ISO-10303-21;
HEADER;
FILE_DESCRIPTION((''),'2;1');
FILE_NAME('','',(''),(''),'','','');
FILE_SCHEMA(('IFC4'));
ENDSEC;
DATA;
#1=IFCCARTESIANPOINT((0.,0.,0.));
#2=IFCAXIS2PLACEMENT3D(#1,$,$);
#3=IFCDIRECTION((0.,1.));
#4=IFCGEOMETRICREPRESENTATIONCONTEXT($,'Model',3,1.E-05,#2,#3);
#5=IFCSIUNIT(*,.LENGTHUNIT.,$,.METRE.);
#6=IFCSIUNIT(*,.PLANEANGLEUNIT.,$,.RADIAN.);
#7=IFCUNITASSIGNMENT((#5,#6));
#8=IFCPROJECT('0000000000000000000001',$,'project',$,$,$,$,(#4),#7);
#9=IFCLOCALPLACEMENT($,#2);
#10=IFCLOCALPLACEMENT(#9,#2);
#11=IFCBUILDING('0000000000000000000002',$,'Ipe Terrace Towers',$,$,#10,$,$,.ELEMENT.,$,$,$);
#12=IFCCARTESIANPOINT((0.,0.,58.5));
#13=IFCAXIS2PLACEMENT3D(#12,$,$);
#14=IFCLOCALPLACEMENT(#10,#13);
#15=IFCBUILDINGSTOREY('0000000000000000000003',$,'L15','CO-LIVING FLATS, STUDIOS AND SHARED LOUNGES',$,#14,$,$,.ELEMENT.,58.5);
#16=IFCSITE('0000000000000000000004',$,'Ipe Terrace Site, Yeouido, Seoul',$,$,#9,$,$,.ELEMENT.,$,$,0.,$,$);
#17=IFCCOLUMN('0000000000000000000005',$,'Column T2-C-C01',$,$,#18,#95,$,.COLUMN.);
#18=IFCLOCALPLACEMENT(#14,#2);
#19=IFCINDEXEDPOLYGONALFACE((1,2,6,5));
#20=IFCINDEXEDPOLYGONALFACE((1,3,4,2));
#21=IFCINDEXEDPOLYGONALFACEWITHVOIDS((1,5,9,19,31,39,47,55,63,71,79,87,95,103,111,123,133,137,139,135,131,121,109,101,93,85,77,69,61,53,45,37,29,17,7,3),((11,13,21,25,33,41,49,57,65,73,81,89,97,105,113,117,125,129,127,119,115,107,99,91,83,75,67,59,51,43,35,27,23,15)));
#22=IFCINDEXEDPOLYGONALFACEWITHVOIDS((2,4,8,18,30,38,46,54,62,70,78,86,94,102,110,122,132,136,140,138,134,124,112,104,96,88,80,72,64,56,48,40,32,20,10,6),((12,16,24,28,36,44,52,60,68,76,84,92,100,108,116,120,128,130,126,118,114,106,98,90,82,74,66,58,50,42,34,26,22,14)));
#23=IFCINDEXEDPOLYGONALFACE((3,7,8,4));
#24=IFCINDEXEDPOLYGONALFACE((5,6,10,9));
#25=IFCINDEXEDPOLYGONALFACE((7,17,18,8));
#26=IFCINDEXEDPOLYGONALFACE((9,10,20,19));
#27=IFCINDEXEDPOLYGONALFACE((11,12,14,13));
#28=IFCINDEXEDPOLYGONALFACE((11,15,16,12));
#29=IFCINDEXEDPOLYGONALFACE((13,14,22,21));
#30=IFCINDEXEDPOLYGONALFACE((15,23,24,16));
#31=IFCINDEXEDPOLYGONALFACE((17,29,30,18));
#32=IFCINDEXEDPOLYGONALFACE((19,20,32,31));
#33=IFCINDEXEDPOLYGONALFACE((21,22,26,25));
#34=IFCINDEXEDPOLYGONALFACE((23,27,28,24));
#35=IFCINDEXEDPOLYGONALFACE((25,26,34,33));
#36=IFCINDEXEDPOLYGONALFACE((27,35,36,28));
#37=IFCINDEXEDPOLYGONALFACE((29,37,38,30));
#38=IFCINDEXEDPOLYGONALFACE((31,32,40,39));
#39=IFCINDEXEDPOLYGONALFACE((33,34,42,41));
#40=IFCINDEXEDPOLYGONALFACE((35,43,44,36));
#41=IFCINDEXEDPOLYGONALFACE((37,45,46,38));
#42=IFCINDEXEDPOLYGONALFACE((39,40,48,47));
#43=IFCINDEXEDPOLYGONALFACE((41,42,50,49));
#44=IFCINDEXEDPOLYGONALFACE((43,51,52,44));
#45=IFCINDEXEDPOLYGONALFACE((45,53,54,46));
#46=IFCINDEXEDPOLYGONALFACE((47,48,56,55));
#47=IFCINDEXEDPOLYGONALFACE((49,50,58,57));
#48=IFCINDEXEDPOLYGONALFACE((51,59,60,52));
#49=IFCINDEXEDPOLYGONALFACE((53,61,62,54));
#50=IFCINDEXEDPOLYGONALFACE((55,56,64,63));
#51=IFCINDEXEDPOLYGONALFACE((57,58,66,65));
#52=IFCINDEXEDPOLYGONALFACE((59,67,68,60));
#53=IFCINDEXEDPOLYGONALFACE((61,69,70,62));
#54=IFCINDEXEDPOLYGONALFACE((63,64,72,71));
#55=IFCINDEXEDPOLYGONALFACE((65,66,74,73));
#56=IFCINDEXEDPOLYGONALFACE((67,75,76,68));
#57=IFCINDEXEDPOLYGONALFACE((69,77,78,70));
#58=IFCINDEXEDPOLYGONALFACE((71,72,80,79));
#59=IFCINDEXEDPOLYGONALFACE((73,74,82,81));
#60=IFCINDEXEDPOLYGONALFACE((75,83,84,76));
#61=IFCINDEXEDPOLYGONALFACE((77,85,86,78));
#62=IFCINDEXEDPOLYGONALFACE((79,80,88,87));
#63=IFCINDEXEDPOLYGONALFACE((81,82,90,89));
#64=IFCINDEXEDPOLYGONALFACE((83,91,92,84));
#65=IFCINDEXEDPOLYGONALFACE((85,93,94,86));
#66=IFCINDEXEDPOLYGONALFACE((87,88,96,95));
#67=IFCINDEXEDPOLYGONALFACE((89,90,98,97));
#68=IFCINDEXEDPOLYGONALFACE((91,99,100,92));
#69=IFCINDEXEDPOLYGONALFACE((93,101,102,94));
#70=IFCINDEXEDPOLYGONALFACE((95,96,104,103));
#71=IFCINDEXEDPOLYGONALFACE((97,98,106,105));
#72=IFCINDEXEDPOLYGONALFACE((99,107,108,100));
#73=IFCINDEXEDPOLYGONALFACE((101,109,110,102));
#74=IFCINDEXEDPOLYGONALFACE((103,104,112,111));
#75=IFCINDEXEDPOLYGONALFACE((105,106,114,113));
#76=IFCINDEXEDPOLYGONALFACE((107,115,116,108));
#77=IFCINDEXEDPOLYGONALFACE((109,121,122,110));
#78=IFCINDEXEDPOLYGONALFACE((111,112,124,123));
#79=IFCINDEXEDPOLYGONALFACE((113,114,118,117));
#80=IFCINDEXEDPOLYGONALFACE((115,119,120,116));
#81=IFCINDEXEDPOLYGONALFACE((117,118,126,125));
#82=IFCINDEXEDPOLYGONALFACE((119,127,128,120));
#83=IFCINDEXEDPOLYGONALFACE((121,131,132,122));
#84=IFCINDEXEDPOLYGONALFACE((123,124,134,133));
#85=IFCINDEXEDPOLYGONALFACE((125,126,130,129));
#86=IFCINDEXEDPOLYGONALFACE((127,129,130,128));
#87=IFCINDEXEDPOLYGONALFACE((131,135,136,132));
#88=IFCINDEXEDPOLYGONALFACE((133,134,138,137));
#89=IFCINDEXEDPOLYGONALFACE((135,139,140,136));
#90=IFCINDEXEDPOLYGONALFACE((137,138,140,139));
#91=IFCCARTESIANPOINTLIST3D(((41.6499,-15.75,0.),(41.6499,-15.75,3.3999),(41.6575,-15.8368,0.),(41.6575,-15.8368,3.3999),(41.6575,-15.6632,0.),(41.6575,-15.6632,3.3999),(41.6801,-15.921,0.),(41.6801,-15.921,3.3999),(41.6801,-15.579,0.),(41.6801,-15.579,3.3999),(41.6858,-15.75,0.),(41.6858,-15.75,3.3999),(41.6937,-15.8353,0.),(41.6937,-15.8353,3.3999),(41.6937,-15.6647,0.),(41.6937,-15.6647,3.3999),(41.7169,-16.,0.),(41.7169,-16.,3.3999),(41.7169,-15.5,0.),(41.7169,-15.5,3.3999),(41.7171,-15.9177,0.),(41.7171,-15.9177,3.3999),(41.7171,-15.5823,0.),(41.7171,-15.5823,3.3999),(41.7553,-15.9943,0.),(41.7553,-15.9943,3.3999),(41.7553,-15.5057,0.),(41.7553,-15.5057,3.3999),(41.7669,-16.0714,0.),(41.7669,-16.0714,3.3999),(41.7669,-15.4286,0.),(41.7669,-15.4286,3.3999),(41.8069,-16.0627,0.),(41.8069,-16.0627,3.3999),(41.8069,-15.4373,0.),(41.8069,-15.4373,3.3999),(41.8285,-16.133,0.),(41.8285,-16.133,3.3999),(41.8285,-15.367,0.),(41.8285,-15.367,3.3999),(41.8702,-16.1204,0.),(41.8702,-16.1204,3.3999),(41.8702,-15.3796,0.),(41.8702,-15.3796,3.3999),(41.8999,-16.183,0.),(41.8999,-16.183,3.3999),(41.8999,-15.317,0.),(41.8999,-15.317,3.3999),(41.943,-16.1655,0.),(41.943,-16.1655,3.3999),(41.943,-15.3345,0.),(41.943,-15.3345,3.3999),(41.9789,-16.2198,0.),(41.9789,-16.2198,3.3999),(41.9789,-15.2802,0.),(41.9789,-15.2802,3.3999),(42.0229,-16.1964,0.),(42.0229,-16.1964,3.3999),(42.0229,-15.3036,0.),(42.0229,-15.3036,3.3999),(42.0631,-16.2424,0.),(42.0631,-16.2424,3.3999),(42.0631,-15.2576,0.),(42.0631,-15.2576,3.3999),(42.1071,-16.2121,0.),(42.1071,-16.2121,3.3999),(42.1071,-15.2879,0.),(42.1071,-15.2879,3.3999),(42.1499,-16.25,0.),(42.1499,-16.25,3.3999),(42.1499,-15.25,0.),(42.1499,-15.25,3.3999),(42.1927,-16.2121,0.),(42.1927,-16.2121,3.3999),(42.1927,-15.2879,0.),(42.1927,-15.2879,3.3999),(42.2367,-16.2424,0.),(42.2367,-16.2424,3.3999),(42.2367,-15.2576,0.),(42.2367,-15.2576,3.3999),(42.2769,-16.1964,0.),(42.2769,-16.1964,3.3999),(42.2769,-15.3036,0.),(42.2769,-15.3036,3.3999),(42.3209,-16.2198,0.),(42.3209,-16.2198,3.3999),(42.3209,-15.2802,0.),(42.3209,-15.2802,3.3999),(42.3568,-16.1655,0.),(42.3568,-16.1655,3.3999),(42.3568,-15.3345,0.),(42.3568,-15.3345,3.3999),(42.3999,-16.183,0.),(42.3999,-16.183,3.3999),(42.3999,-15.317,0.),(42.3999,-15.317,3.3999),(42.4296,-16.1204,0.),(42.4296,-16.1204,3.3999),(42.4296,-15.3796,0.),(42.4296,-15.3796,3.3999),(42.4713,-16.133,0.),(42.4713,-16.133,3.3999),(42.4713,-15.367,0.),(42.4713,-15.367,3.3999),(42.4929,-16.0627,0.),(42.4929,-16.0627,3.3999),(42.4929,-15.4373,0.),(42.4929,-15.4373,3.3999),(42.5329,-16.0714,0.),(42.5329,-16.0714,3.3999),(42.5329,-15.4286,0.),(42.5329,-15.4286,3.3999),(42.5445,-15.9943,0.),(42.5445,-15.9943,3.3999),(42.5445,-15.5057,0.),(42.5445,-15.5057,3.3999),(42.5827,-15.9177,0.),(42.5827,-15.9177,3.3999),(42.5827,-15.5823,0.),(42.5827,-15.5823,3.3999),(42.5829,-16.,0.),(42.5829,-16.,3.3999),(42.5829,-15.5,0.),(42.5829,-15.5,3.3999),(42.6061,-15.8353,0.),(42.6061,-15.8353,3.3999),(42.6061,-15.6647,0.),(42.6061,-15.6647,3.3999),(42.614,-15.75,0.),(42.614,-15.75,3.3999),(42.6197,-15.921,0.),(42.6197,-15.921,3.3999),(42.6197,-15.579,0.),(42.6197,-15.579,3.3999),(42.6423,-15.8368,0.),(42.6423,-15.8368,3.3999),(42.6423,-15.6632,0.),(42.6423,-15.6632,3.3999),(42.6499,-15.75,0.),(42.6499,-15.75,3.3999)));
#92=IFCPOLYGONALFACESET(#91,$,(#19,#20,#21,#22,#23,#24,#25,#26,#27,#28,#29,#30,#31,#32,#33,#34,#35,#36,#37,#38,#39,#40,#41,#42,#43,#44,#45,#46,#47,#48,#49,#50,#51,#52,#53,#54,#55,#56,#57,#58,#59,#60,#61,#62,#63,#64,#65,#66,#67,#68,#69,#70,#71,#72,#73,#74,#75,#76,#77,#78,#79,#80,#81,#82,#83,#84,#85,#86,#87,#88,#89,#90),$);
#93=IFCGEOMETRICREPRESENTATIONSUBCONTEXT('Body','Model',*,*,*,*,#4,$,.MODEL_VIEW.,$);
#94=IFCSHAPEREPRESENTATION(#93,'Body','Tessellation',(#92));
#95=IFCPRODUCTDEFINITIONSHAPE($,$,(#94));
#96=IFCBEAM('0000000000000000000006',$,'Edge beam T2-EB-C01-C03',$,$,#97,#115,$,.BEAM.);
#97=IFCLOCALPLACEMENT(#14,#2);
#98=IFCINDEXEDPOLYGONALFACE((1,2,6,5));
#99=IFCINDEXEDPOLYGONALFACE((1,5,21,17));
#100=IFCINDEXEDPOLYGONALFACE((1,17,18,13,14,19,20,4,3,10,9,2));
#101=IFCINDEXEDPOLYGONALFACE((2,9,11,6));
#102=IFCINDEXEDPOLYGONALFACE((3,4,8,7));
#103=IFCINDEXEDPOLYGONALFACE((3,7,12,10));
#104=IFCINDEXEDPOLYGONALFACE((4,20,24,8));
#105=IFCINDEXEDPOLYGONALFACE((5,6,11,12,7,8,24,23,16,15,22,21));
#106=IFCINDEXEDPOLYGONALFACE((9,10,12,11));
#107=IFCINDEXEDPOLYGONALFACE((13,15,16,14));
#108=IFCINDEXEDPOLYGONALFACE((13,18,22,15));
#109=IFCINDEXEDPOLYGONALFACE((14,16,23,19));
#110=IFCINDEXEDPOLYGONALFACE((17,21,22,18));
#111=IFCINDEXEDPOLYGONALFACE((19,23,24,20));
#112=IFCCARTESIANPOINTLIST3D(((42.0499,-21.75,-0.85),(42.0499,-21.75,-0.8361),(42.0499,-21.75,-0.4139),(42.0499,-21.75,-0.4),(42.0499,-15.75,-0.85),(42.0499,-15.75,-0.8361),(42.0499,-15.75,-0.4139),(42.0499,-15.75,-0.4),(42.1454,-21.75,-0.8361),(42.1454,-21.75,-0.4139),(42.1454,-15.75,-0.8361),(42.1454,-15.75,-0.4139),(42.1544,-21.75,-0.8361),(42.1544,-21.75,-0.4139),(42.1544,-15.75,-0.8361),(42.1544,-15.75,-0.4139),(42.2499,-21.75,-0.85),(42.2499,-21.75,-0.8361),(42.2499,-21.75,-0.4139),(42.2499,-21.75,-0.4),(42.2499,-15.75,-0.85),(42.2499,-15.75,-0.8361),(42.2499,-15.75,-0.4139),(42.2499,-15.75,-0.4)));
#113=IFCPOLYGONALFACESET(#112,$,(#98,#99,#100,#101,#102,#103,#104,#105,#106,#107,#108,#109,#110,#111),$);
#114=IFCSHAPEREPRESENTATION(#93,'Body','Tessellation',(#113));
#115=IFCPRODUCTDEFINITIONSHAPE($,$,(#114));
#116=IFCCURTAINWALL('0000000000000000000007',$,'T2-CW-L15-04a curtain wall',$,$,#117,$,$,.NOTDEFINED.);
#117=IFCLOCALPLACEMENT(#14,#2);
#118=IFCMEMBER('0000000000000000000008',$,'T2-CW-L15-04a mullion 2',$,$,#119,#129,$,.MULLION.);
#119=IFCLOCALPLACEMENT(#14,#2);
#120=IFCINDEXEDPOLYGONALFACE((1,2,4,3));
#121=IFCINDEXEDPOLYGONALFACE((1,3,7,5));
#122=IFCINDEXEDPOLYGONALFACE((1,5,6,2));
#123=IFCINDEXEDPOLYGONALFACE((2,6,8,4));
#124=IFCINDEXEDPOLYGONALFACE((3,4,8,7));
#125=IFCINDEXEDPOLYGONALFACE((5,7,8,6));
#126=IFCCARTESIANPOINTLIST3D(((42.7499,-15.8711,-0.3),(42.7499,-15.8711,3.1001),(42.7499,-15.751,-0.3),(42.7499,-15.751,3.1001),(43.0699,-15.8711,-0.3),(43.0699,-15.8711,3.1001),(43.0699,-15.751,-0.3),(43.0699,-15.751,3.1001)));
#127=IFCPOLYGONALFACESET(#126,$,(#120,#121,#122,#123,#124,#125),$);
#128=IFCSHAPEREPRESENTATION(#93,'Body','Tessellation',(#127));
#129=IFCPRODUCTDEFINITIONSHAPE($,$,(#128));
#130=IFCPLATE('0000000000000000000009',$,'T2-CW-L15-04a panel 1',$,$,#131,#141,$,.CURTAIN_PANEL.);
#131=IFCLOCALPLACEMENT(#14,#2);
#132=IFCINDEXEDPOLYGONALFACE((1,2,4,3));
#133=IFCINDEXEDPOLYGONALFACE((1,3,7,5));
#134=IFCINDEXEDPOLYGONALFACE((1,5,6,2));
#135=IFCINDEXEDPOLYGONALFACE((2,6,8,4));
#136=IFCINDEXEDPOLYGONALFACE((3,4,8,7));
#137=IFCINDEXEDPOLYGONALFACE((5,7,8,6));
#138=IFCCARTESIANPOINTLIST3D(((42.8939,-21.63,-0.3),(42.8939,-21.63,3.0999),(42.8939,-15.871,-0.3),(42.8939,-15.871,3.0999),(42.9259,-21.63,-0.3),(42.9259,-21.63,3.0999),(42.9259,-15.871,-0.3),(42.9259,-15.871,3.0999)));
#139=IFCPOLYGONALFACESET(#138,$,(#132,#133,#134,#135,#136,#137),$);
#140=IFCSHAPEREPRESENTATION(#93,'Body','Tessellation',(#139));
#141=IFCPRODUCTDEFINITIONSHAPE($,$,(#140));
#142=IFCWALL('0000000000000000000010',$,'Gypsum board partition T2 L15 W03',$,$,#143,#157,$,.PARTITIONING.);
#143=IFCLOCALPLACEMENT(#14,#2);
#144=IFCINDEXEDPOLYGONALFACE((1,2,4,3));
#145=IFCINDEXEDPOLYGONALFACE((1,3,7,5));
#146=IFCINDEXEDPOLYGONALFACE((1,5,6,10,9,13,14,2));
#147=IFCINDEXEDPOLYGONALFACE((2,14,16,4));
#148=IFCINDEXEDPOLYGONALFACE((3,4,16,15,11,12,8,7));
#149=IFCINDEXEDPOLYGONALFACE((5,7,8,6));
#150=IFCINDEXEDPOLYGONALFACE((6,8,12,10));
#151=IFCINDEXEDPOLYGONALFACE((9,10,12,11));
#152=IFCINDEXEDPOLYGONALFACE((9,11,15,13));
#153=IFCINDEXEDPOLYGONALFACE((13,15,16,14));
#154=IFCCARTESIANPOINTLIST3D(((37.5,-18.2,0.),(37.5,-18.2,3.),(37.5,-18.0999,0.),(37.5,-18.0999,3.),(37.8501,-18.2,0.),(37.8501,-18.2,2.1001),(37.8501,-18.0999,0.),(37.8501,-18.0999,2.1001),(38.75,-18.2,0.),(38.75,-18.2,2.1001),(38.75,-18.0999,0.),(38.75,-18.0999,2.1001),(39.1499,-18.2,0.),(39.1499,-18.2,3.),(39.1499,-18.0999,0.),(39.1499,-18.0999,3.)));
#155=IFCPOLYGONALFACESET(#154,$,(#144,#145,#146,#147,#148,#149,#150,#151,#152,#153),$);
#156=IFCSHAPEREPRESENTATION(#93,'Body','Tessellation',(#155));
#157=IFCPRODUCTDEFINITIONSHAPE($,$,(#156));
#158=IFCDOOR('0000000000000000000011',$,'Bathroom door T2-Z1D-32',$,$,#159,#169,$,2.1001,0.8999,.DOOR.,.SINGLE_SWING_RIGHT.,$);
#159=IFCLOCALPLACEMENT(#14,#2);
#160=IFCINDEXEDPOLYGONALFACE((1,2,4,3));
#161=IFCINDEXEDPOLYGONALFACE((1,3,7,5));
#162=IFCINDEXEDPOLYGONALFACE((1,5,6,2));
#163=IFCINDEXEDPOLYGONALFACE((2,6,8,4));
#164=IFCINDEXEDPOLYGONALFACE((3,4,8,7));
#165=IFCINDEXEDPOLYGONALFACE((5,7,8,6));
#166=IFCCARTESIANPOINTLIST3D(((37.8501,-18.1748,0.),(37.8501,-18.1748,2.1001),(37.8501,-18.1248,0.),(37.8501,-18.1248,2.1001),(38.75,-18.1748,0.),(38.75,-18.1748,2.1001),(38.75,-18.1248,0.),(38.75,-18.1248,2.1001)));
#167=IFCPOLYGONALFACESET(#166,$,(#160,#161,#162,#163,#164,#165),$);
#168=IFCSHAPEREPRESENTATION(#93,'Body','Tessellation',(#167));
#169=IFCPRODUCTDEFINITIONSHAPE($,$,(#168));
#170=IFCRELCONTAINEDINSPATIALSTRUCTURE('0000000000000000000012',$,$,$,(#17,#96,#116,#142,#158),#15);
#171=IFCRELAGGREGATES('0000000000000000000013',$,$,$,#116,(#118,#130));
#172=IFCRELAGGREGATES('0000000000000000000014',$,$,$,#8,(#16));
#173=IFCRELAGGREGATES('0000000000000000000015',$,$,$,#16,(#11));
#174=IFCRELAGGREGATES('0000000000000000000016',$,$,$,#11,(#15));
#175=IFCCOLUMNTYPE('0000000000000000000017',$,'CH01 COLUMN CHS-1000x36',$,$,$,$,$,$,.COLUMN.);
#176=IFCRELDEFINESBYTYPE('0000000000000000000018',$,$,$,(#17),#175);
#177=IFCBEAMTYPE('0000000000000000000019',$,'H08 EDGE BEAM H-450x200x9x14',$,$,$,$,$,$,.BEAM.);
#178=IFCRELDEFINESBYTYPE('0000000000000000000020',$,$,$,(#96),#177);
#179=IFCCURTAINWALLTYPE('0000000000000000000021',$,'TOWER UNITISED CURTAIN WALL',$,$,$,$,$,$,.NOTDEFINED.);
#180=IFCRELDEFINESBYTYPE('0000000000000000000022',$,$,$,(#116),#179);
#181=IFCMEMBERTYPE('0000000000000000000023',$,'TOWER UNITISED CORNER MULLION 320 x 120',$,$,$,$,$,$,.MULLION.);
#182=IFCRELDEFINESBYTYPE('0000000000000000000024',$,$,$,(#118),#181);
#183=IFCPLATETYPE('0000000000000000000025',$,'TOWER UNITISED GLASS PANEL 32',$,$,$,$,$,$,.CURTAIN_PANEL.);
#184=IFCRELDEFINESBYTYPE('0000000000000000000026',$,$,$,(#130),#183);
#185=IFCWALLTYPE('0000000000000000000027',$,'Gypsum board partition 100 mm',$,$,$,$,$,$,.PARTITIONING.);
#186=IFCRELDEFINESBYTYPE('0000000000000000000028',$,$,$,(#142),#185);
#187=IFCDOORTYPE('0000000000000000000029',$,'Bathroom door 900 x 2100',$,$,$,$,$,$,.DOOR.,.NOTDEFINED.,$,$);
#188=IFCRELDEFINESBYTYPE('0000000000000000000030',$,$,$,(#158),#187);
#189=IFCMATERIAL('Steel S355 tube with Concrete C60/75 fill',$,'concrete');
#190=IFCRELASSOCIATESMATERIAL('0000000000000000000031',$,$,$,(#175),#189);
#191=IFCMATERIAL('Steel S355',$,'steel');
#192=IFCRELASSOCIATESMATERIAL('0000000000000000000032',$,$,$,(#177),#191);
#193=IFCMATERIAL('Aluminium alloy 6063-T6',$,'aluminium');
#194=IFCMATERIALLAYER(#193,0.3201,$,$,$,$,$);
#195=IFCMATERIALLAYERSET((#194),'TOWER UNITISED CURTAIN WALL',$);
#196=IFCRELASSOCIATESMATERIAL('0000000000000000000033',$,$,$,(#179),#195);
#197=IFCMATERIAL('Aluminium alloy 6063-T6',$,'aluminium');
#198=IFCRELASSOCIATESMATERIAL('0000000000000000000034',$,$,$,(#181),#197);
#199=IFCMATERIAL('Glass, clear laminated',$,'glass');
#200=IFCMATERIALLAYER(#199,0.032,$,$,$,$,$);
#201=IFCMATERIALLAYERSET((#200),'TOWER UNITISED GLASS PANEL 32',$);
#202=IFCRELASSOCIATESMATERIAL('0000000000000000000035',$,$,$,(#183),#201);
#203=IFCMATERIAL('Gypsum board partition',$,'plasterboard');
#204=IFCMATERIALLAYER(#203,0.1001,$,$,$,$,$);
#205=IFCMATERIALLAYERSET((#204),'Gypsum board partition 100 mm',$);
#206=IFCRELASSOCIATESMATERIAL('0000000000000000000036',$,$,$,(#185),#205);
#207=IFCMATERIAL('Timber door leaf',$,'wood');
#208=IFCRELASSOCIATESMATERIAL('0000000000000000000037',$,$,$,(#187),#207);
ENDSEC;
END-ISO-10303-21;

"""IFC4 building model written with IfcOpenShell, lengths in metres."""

from ifc_helpers import new_model, si_unit, direction, frame, frame_2d, origin, origin_2d, place, context, subcontext, project, spatial, rectangle, hollow_circle, i_section, extrude, material, layer, layer_set, material_profile, profile_set, type_object, element, fill, aggregate, save


model = new_model("IFC4")

# Units and contexts
model_context = context("Model", 3, precision=1e-05, world=origin(), true_north=direction((0.0, 1.0)))
body_context = subcontext(model_context, "Body", "Model", "MODEL_VIEW")
ifc_project = project(units=[si_unit("LENGTHUNIT", "METRE"), si_unit("PLANEANGLEUNIT", "RADIAN")], contexts=[model_context])

# Site, building, storey
site_placement = place(None, origin())
site = spatial("IfcSite", under=ifc_project, at=site_placement, Name="Ipe Terrace Site, Yeouido, Seoul", CompositionType="ELEMENT", RefElevation=0.0)
building_placement = place(site_placement, origin())
building = spatial("IfcBuilding", under=site, at=building_placement, Name="Ipe Terrace Towers", CompositionType="ELEMENT")
storey_placement = place(building_placement, frame((0.0, 0.0, 58.5)))
storey = spatial("IfcBuildingStorey", under=building, at=storey_placement, Name="L15", Description="CO-LIVING FLATS, STUDIOS AND SHARED LOUNGES", CompositionType="ELEMENT", Elevation=58.5)

# Column
ifc_material_1 = material(Name="Steel S355 tube with Concrete C60/75 fill", Category="concrete")
ifc_material_profile_1 = material_profile(ifc_material_1, hollow_circle(Radius=0.5, WallThickness=0.0359, at=origin_2d()), Name="CHS-1000x36")
ifc_profile_set_1 = profile_set([ifc_material_profile_1], Name="Steel S355 tube with Concrete C60/75 fill")
column_type = type_object("IfcColumnType", Name="CH01 COLUMN CHS-1000x36", PredefinedType="COLUMN", material=ifc_profile_set_1)
column_placement = place(storey_placement, frame((42.1499, -15.75, 0.0), z_axis=(0.0, 0.0, 1.0), x_axis=(1.0, 0.0, 0.0)))
element("IfcColumn", 1, at=column_placement, inside=storey, type_object=column_type, Name="Column T2-C-C01", PredefinedType="COLUMN", context=body_context, shape_type="SweptSolid", body=[
    extrude(hollow_circle(Radius=0.5, WallThickness=0.0359, at=origin_2d()), origin(), (0.0, 0.0, 1.0), 3.3999),
])

# Beam
ifc_material_2 = material(Name="Steel S355", Category="steel")
ifc_material_profile_2 = material_profile(ifc_material_2, i_section(OverallWidth=0.2, OverallDepth=0.45, WebThickness=0.009, FlangeThickness=0.0139, at=origin_2d()), Name="H-450x200x9x14")
ifc_profile_set_2 = profile_set([ifc_material_profile_2], Name="Steel S355")
beam_type = type_object("IfcBeamType", Name="H08 EDGE BEAM H-450x200x9x14", PredefinedType="BEAM", material=ifc_profile_set_2)
beam_placement = place(storey_placement, frame((42.1499, -15.75, -0.625), z_axis=(0.0, -1.0, 0.0), x_axis=(1.0, 0.0, 0.0)))
element("IfcBeam", 2, at=beam_placement, inside=storey, type_object=beam_type, Name="Edge beam T2-EB-C01-C03", PredefinedType="BEAM", context=body_context, shape_type="SweptSolid", body=[
    extrude(i_section(OverallWidth=0.2, OverallDepth=0.45, WebThickness=0.009, FlangeThickness=0.0139, at=origin_2d()), origin(), (0.0, 0.0, 1.0), 6.0),
])

# Curtain wall, member, plate
ifc_material_3 = material(Name="Aluminium alloy 6063-T6", Category="aluminium")
ifc_layer_1 = layer(ifc_material_3, 0.3201)
ifc_layer_set_1 = layer_set([ifc_layer_1], Name="TOWER UNITISED CURTAIN WALL")
curtain_wall_type = type_object("IfcCurtainWallType", Name="TOWER UNITISED CURTAIN WALL", PredefinedType="NOTDEFINED", material=ifc_layer_set_1)
curtain_wall_placement = place(storey_placement, origin())
curtain_wall = element("IfcCurtainWall", 3, at=curtain_wall_placement, inside=storey, type_object=curtain_wall_type, Name="T2-CW-L15-04a curtain wall", PredefinedType="NOTDEFINED")
ifc_material_4 = material(Name="Aluminium alloy 6063-T6", Category="aluminium")
ifc_material_profile_3 = material_profile(ifc_material_4, rectangle(XDim=0.3201, YDim=0.1201, at=origin_2d()), Name="TOWER UNITISED CORNER MULLION 320 x 120")
ifc_profile_set_3 = profile_set([ifc_material_profile_3], Name="Aluminium alloy 6063-T6")
member_type = type_object("IfcMemberType", Name="TOWER UNITISED CORNER MULLION 320 x 120", PredefinedType="MULLION", material=ifc_profile_set_3)
member_placement = place(storey_placement, frame((42.9099, -15.811, -0.3), z_axis=(0.0, 0.0, 1.0), x_axis=(1.0, 0.0, 0.0)))
member = element("IfcMember", 4, at=member_placement, type_object=member_type, Name="T2-CW-L15-04a mullion 2", PredefinedType="MULLION", context=body_context, shape_type="SweptSolid", body=[
    extrude(rectangle(XDim=0.3201, YDim=0.1201, at=origin_2d()), origin(), (0.0, 0.0, 1.0), 3.4001),
])
ifc_material_5 = material(Name="Glass, clear laminated", Category="glass")
ifc_layer_2 = layer(ifc_material_5, 0.032)
ifc_layer_set_2 = layer_set([ifc_layer_2], Name="TOWER UNITISED GLASS PANEL 32")
plate_type = type_object("IfcPlateType", Name="TOWER UNITISED GLASS PANEL 32", PredefinedType="CURTAIN_PANEL", material=ifc_layer_set_2)
plate_placement = place(storey_placement, frame((42.9099, -18.7505, -0.3), z_axis=(0.0, 0.0, 1.0), x_axis=(0.0, 1.0, 0.0)))
plate = element("IfcPlate", 5, at=plate_placement, type_object=plate_type, Name="T2-CW-L15-04a panel 1", PredefinedType="CURTAIN_PANEL", context=body_context, shape_type="SweptSolid", body=[
    extrude(rectangle(XDim=5.759, YDim=0.032, at=origin_2d()), origin(), (0.0, 0.0, 1.0), 3.3999),
])
aggregate(curtain_wall, [member, plate])

# Wall, opening, door
ifc_material_6 = material(Name="Gypsum board partition", Category="plasterboard")
ifc_layer_3 = layer(ifc_material_6, 0.1001)
ifc_layer_set_3 = layer_set([ifc_layer_3], Name="Gypsum board partition 100 mm")
wall_type_1 = type_object("IfcWallType", Name="Gypsum board partition 100 mm", PredefinedType="PARTITIONING", material=ifc_layer_set_3)
wall_1_placement = place(storey_placement, frame((39.1499, -18.1499, 0.0), z_axis=(0.0, 0.0, 1.0), x_axis=(-1.0, 0.0, 0.0)))
wall_1 = element("IfcWall", 6, at=wall_1_placement, inside=storey, type_object=wall_type_1, Name="Gypsum board partition T2 L15 W03", PredefinedType="PARTITIONING", context=body_context, shape_type="SweptSolid", body=[
    extrude(rectangle(XDim=1.6499, YDim=0.1001, at=frame_2d((0.825, 0.0))), origin(), (0.0, 0.0, 1.0), 3.0),
])
opening_1_placement = place(wall_1_placement, frame((0.3999, 0.0, 0.0)))
opening_1 = element("IfcOpeningElement", 7, at=opening_1_placement, cuts=wall_1, PredefinedType="OPENING", context=body_context, shape_type="SweptSolid", body=[
    extrude(rectangle(XDim=0.8999, YDim=2.1001, at=frame_2d((0.45, 1.05))), frame((0.0, 0.0601, 0.0), z_axis=(0.0, -1.0, 0.0), x_axis=(1.0, 0.0, 0.0)), (0.0, 0.0, 1.0), 0.1201),
])
ifc_material_7 = material(Name="Timber door leaf", Category="wood")
door_type_1 = type_object("IfcDoorType", Name="Bathroom door 900 x 2100", OperationType="NOTDEFINED", PredefinedType="DOOR", material=ifc_material_7)
door_1_placement = place(opening_1_placement, origin())
door_1 = element("IfcDoor", 8, at=door_1_placement, inside=storey, type_object=door_type_1, Name="Bathroom door T2-Z1D-32", OperationType="SINGLE_SWING_RIGHT", OverallHeight=2.1001, OverallWidth=0.8999, PredefinedType="DOOR", context=body_context, shape_type="SweptSolid", body=[
    extrude(rectangle(XDim=0.8999, YDim=2.1001, at=frame_2d((0.45, 1.05))), frame((0.0, 0.0249, 0.0), z_axis=(0.0, -1.0, 0.0), x_axis=(1.0, 0.0, 0.0)), (0.0, 0.0, 1.0), 0.05),
])
fill(opening_1, door_1)

save(model, "model.ifc")
